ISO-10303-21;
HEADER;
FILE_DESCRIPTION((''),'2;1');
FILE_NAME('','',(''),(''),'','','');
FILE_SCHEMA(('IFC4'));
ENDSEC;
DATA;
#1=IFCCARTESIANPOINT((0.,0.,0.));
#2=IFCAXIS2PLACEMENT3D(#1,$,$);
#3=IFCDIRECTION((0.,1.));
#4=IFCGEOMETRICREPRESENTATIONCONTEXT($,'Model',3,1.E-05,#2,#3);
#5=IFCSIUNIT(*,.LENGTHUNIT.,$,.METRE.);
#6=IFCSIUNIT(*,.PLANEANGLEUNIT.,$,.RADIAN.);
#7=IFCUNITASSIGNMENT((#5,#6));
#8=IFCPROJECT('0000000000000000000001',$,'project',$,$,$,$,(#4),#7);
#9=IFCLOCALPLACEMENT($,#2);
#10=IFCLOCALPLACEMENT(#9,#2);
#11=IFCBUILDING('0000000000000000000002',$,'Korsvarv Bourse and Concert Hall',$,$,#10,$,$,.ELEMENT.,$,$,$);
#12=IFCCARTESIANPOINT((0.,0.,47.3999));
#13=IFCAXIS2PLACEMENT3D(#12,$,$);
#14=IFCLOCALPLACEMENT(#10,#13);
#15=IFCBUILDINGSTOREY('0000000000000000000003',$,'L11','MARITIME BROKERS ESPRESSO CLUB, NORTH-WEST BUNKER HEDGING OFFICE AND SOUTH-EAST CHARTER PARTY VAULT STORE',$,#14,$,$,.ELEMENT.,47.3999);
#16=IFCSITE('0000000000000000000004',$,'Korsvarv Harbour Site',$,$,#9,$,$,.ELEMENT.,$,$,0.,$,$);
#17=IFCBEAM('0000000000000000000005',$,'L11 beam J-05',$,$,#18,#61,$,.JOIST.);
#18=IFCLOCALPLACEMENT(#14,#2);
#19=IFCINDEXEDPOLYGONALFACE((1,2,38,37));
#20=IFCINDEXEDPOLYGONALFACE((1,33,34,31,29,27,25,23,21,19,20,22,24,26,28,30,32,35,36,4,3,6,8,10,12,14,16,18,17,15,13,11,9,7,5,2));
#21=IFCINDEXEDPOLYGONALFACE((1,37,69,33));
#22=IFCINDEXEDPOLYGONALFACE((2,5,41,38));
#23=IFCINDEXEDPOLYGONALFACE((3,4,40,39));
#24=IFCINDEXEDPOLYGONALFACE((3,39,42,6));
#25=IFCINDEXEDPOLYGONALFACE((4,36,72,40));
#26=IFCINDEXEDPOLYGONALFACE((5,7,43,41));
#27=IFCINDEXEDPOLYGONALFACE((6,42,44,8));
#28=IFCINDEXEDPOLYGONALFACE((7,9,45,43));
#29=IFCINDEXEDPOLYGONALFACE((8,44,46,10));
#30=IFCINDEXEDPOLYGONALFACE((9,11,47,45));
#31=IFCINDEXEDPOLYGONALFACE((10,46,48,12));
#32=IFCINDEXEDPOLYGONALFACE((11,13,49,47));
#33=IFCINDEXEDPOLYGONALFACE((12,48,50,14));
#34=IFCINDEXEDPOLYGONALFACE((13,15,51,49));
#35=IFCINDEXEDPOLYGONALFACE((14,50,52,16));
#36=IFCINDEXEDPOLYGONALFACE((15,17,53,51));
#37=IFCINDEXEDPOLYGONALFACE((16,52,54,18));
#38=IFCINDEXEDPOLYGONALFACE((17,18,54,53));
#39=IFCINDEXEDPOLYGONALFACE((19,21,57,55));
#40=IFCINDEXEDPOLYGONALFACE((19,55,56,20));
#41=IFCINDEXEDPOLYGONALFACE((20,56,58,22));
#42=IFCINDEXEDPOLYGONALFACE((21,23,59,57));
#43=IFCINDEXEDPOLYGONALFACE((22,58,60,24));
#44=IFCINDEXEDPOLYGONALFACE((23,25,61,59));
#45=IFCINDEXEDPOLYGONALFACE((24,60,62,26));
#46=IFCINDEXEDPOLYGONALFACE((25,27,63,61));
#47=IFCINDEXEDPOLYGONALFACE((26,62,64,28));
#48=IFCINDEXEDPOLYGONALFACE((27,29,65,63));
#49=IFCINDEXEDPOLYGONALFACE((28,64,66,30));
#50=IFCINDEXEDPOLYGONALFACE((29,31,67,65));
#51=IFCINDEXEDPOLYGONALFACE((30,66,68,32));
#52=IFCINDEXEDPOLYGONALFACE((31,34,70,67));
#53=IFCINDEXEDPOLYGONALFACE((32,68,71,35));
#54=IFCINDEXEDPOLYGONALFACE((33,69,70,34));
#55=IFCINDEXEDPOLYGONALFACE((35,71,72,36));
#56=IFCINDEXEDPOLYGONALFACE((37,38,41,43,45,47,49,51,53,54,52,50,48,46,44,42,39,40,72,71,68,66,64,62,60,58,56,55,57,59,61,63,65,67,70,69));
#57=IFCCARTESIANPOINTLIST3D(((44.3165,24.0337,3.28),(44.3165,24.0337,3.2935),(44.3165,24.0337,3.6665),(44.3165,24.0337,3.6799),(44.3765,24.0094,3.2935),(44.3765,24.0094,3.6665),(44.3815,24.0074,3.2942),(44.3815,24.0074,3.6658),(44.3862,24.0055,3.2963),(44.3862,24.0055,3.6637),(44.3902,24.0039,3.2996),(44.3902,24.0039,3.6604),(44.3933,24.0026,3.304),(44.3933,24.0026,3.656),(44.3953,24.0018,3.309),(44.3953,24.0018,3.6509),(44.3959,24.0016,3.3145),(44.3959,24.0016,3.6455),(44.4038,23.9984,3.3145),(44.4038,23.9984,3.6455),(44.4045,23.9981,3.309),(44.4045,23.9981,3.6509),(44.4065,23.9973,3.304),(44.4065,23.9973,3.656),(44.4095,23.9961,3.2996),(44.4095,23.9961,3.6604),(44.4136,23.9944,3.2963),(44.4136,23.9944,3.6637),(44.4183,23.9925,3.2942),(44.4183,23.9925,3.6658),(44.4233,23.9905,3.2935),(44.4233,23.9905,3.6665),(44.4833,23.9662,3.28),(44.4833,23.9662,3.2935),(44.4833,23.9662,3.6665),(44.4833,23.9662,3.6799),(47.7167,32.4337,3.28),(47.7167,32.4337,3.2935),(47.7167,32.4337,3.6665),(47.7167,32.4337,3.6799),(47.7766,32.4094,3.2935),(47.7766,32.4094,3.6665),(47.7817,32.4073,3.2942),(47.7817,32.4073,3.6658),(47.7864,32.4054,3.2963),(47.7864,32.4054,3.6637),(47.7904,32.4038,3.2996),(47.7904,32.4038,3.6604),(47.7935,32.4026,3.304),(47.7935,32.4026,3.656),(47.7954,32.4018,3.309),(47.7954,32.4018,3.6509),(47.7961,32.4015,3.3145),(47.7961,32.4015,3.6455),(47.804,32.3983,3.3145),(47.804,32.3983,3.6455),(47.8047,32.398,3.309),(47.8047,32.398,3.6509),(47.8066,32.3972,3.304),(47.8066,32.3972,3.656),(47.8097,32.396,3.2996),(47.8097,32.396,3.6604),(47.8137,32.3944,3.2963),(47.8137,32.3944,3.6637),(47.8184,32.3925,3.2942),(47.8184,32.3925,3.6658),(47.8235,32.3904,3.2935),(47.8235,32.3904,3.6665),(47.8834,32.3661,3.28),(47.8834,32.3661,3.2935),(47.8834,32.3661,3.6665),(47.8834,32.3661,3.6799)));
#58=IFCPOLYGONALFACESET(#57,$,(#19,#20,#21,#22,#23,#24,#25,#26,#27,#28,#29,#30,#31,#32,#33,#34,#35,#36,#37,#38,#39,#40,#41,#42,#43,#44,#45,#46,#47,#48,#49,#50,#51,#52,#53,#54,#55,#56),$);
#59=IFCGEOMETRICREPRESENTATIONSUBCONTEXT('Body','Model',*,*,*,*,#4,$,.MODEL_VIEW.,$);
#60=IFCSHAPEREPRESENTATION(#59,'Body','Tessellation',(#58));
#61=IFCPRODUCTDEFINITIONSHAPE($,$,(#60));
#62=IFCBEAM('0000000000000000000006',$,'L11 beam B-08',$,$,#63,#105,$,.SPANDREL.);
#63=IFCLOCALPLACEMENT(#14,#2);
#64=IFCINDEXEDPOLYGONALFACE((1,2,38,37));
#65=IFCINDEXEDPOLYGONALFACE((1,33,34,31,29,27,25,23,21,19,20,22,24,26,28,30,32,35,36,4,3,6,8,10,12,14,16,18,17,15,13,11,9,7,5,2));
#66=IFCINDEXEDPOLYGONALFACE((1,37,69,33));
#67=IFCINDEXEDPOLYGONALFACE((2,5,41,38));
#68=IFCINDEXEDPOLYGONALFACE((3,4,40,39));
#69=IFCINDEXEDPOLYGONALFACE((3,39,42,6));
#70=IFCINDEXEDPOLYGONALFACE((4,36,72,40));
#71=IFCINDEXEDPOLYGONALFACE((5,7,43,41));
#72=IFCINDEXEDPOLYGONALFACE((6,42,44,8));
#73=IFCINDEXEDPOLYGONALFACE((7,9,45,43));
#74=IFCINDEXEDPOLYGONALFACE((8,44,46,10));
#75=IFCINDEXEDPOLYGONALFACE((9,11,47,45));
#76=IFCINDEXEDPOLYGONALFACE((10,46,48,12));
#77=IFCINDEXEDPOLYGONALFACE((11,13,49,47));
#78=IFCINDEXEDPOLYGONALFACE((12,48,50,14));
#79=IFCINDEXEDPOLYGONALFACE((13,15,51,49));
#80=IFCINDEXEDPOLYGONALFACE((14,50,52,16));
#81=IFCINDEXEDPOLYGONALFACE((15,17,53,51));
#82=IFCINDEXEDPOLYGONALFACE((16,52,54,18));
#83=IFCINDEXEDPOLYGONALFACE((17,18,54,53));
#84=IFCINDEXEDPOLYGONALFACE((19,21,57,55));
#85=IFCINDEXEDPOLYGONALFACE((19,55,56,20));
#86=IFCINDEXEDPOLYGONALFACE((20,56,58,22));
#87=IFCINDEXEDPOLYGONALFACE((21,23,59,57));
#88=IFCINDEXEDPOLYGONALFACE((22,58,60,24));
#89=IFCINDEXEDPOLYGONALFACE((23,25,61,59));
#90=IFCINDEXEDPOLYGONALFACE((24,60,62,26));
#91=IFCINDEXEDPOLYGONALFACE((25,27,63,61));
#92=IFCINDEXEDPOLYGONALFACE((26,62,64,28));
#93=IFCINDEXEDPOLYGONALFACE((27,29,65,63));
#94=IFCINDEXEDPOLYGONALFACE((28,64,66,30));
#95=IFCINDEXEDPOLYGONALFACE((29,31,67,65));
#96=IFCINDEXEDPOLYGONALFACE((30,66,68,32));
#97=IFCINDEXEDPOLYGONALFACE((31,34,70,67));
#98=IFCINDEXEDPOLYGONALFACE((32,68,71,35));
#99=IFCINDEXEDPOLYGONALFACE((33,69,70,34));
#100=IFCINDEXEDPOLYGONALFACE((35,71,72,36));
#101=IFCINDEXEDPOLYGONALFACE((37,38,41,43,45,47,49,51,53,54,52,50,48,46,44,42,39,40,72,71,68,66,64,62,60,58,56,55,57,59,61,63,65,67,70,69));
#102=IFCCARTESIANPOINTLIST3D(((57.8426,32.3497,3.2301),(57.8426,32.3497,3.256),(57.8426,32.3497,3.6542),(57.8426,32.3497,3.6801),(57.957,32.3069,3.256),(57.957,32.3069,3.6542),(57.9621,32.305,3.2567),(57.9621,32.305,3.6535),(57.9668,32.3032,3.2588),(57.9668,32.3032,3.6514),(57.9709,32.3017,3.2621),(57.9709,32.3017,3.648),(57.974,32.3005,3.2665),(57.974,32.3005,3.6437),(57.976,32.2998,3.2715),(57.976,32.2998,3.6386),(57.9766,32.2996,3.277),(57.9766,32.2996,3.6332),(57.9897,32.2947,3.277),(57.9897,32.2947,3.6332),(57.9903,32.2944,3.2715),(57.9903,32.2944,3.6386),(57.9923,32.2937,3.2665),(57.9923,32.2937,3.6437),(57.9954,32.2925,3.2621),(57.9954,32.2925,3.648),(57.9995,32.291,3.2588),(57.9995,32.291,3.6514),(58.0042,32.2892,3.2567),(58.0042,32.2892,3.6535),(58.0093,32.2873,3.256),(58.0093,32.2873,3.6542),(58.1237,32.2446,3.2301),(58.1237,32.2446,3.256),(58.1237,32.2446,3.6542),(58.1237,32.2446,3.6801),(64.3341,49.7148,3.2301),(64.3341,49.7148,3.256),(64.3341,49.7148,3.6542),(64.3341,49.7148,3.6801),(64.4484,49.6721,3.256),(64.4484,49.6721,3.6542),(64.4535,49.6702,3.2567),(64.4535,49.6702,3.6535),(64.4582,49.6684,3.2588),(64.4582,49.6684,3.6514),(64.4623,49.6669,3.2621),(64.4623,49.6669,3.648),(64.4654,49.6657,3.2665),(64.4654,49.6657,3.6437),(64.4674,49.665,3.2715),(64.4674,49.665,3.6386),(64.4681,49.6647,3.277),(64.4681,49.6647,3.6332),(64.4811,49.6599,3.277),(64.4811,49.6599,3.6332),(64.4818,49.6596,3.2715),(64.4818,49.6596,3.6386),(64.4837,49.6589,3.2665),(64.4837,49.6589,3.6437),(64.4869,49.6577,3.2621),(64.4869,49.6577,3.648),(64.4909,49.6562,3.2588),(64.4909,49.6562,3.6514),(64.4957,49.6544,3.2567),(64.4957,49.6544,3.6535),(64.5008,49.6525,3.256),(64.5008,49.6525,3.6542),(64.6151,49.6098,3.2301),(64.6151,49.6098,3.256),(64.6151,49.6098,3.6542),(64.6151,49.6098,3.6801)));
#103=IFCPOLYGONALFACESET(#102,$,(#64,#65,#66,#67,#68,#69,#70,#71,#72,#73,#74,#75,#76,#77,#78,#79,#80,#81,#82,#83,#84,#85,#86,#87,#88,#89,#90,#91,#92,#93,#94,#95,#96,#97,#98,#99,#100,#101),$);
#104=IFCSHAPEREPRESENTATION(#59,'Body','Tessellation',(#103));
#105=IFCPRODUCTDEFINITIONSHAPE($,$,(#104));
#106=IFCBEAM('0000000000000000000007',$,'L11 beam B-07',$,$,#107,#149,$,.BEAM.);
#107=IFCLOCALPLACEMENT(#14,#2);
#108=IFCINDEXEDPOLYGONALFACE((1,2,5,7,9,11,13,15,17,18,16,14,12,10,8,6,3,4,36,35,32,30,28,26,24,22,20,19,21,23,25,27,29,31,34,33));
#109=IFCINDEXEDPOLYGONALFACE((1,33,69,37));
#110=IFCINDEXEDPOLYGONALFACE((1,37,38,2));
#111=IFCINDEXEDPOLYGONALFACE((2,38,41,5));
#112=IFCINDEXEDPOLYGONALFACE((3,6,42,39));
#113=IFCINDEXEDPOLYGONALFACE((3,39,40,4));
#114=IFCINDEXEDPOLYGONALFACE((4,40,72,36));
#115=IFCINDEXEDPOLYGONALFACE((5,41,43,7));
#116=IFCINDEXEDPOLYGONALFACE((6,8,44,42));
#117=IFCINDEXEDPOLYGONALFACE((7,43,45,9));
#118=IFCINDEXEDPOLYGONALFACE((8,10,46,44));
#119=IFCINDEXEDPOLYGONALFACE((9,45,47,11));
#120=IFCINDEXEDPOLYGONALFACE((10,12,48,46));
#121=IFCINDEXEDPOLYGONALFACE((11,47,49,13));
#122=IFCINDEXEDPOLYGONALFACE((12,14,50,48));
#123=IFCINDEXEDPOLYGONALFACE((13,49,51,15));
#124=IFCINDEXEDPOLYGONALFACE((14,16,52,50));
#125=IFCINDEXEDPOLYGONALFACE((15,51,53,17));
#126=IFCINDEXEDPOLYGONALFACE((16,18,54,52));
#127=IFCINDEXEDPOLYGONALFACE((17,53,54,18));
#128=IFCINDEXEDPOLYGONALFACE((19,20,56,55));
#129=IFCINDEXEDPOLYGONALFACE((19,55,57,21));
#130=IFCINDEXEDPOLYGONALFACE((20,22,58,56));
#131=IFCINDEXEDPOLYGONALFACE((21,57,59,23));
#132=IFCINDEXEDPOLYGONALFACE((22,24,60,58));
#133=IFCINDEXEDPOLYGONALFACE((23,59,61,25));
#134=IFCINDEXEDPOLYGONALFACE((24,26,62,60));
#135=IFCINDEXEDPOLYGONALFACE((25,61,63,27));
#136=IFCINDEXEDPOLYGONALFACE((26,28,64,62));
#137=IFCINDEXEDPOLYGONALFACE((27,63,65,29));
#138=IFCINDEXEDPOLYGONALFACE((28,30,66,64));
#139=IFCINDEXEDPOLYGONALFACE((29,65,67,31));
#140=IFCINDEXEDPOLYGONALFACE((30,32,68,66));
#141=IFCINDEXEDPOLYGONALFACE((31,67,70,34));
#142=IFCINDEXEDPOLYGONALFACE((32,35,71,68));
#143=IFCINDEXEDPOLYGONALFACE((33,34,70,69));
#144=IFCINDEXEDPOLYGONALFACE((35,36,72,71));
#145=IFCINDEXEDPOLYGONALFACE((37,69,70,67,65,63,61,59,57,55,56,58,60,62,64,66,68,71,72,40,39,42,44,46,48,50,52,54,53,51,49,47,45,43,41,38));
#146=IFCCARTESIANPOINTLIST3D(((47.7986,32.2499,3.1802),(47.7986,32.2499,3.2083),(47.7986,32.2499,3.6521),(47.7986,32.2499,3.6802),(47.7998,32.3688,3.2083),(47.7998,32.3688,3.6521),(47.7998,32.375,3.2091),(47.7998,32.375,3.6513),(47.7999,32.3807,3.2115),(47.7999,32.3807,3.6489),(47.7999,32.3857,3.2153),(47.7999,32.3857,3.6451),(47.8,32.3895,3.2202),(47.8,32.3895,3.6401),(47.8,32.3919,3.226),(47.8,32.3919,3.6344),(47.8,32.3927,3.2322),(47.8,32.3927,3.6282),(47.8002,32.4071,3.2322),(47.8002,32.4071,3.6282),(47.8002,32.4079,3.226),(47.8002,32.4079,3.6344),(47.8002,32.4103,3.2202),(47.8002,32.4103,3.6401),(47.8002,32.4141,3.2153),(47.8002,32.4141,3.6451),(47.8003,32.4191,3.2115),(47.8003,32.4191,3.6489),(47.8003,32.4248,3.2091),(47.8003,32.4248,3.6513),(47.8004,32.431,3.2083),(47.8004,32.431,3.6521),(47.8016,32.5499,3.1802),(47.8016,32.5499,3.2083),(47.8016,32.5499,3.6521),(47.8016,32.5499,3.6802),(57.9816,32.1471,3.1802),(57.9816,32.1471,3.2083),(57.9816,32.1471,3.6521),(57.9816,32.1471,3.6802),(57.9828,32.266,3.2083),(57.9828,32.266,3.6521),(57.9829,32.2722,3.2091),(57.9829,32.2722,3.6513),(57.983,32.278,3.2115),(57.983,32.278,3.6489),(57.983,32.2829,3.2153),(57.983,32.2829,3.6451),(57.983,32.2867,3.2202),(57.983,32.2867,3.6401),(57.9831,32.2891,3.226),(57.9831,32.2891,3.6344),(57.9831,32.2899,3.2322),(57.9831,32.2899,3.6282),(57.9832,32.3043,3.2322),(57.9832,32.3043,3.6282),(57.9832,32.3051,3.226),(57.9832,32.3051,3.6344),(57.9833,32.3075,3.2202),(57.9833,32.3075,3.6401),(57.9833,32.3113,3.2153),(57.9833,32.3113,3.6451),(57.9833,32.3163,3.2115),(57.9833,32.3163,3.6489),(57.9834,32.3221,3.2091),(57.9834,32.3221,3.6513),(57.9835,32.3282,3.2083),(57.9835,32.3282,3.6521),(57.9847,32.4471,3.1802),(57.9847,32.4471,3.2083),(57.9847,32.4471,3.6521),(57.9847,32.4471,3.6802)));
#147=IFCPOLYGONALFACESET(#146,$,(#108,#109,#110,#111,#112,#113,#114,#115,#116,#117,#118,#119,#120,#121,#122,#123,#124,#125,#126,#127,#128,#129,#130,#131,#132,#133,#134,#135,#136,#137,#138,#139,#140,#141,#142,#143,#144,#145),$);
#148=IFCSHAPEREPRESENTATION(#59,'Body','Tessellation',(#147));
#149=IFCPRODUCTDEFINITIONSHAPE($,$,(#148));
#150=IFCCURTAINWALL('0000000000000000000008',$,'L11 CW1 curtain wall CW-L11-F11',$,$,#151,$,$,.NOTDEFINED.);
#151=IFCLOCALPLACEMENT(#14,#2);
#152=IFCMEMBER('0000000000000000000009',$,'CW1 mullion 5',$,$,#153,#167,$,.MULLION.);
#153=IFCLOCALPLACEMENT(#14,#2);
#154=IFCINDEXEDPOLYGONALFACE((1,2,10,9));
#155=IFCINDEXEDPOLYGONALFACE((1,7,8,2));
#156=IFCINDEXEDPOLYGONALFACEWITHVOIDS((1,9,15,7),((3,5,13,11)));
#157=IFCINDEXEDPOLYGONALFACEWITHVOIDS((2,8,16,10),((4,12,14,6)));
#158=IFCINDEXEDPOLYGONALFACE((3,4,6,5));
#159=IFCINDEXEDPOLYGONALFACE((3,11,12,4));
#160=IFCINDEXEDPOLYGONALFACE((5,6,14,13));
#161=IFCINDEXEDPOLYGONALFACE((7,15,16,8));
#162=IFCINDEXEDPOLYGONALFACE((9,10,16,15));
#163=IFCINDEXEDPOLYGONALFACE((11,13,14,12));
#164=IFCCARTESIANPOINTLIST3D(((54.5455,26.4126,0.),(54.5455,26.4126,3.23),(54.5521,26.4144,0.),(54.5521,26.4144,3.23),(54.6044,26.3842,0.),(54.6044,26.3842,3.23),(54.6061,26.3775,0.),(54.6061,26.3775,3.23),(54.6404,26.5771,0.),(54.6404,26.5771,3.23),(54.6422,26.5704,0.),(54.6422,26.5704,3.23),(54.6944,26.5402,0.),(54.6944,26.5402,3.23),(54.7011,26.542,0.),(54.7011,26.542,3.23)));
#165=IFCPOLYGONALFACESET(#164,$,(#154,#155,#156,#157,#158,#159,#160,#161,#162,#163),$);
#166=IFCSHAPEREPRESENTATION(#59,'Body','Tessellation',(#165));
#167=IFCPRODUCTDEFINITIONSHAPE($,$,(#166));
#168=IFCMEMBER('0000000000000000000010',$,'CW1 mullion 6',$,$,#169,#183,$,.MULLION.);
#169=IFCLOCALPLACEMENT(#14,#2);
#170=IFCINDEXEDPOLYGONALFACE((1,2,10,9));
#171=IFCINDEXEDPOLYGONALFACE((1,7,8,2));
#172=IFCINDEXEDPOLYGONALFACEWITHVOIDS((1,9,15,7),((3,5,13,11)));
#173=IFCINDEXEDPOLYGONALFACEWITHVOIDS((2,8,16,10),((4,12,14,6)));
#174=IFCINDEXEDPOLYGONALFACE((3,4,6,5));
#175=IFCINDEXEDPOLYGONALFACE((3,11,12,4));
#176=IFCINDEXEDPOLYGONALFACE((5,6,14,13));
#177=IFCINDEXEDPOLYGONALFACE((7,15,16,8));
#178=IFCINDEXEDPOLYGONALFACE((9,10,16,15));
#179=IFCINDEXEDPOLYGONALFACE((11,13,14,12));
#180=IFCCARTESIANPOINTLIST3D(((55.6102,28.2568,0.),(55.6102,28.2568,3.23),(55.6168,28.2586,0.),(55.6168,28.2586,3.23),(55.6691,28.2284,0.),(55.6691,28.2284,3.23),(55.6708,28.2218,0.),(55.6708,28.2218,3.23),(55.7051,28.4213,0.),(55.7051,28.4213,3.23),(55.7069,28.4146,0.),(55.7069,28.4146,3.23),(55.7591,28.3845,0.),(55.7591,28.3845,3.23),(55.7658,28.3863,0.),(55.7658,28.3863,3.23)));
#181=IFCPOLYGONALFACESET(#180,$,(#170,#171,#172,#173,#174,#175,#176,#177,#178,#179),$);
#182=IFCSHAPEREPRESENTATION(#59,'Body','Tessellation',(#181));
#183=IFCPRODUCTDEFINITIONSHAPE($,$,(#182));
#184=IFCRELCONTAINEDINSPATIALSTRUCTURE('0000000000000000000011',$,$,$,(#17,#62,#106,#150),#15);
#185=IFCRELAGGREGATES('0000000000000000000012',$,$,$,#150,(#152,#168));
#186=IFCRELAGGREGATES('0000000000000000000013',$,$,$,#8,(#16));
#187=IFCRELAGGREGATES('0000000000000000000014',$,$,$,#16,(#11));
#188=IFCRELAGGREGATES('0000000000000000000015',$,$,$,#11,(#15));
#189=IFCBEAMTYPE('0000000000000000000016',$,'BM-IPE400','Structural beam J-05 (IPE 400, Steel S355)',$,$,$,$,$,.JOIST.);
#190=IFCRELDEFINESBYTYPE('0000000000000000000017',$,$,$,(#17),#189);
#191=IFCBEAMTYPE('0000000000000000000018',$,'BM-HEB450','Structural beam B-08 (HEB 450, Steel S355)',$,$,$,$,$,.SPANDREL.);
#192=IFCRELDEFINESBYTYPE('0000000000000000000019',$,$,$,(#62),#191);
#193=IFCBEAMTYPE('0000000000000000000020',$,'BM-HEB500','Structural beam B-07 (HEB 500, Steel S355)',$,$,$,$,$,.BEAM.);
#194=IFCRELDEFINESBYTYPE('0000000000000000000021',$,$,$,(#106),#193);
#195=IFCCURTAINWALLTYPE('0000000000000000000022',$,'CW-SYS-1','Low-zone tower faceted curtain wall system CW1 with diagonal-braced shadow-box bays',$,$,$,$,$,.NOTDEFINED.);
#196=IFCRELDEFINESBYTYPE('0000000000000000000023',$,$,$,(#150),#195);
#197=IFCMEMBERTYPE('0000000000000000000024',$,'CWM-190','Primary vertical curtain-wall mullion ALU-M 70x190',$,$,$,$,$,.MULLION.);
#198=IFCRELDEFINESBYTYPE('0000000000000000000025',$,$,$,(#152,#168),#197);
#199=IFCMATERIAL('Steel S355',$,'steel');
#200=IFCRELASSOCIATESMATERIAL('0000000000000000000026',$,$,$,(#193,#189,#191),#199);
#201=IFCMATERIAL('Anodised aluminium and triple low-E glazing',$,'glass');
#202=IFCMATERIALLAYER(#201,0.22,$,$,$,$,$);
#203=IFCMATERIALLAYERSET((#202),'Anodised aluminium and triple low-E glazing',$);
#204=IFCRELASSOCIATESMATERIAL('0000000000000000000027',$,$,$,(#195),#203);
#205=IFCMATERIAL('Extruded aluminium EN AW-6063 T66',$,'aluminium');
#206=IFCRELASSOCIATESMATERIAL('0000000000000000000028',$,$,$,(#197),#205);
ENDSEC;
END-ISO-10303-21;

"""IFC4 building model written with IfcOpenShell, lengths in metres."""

from ifc_helpers import new_model, si_unit, direction, frame, origin, origin_2d, place, context, subcontext, project, spatial, hollow_rectangle, i_section, extrude, source, transform, mapped, material, layer, layer_set, material_profile, profile_set, type_object, element, aggregate, save


model = new_model("IFC4")

# Units and contexts
model_context = context("Model", 3, precision=1e-05, world=origin(), true_north=direction((0.0, 1.0)))
body_context = subcontext(model_context, "Body", "Model", "MODEL_VIEW")
ifc_project = project(units=[si_unit("LENGTHUNIT", "METRE"), si_unit("PLANEANGLEUNIT", "RADIAN")], contexts=[model_context])

# Site, building, storey
site_placement = place(None, origin())
site = spatial("IfcSite", under=ifc_project, at=site_placement, Name="Korsvarv Harbour Site", CompositionType="ELEMENT", RefElevation=0.0)
building_placement = place(site_placement, origin())
building = spatial("IfcBuilding", under=site, at=building_placement, Name="Korsvarv Bourse and Concert Hall", CompositionType="ELEMENT")
storey_placement = place(building_placement, frame((0.0, 0.0, 47.3999)))
storey = spatial("IfcBuildingStorey", under=building, at=storey_placement, Name="L11", Description="MARITIME BROKERS ESPRESSO CLUB, NORTH-WEST BUNKER HEDGING OFFICE AND SOUTH-EAST CHARTER PARTY VAULT STORE", CompositionType="ELEMENT", Elevation=47.3999)

# Beams
ifc_material_1 = material(Name="Steel S355", Category="steel")
ifc_material_profile_1 = material_profile(ifc_material_1, i_section(OverallWidth=0.3, OverallDepth=0.5, WebThickness=0.0144, FlangeThickness=0.0281, FilletRadius=0.0239, at=origin_2d()), Name="HEB 500")
ifc_profile_set_1 = profile_set([ifc_material_profile_1], Name="Steel S355")
beam_type_1 = type_object("IfcBeamType", Name="BM-HEB500", Description="Structural beam B-07 (HEB 500, Steel S355)", PredefinedType="BEAM", material=ifc_profile_set_1)
ifc_material_profile_2 = material_profile(ifc_material_1, i_section(OverallWidth=0.1799, OverallDepth=0.3999, WebThickness=0.0085, FlangeThickness=0.0134, FilletRadius=0.021, at=origin_2d()), Name="IPE 400")
ifc_profile_set_2 = profile_set([ifc_material_profile_2], Name="Steel S355")
beam_type_2 = type_object("IfcBeamType", Name="BM-IPE400", Description="Structural beam J-05 (IPE 400, Steel S355)", PredefinedType="JOIST", material=ifc_profile_set_2)
shared_shape_1 = source(origin(), body_context, "Body", "SweptSolid", [
    extrude(i_section(OverallWidth=0.1799, OverallDepth=0.3999, WebThickness=0.0085, FlangeThickness=0.0134, FilletRadius=0.021, at=origin_2d()), origin(), (0.0, 0.0, 1.0), 9.062),
])
beam_1_placement = place(storey_placement, frame((47.8, 32.3999, 3.48), z_axis=(-0.37521, -0.92694, 0.0), x_axis=(0.92694, -0.37521, 0.0)))
element("IfcBeam", 1, at=beam_1_placement, inside=storey, type_object=beam_type_2, Name="L11 beam J-05", PredefinedType="JOIST", context=body_context, shape_type="MappedRepresentation", body=[
    mapped(shared_shape_1, transform((0.0, 0.0, 0.0), scale=1.0)),
])
ifc_material_profile_3 = material_profile(ifc_material_1, i_section(OverallWidth=0.3, OverallDepth=0.45, WebThickness=0.0139, FlangeThickness=0.0259, FilletRadius=0.021, at=origin_2d()), Name="HEB 450")
ifc_profile_set_3 = profile_set([ifc_material_profile_3], Name="Steel S355")
beam_type_3 = type_object("IfcBeamType", Name="BM-HEB450", Description="Structural beam B-08 (HEB 450, Steel S355)", PredefinedType="SPANDREL", material=ifc_profile_set_3)
shared_shape_2 = source(origin(), body_context, "Body", "SweptSolid", [
    extrude(i_section(OverallWidth=0.3, OverallDepth=0.45, WebThickness=0.0139, FlangeThickness=0.0259, FilletRadius=0.021, at=origin_2d()), origin(), (0.0, 0.0, 1.0), 18.5388),
])
beam_2_placement = place(storey_placement, frame((57.9832, 32.2971, 3.4551), z_axis=(0.350153, 0.936692, 0.0), x_axis=(-0.936692, 0.350153, 0.0)))
element("IfcBeam", 2, at=beam_2_placement, inside=storey, type_object=beam_type_3, Name="L11 beam B-08", PredefinedType="SPANDREL", context=body_context, shape_type="MappedRepresentation", body=[
    mapped(shared_shape_2, transform((0.0, 0.0, 0.0), scale=1.0)),
])
shared_shape_3 = source(origin(), body_context, "Body", "SweptSolid", [
    extrude(i_section(OverallWidth=0.3, OverallDepth=0.5, WebThickness=0.0144, FlangeThickness=0.0281, FilletRadius=0.0239, at=origin_2d()), origin(), (0.0, 0.0, 1.0), 10.1836),
])
beam_3_placement = place(storey_placement, frame((57.9832, 32.2971, 3.4302), z_axis=(-0.999949, 0.010093, 0.0), x_axis=(-0.010093, -0.999949, 0.0)))
element("IfcBeam", 3, at=beam_3_placement, inside=storey, type_object=beam_type_1, Name="L11 beam B-07", PredefinedType="BEAM", context=body_context, shape_type="MappedRepresentation", body=[
    mapped(shared_shape_3, transform((0.0, 0.0, 0.0), scale=1.0)),
])

# Curtain wall, members
ifc_material_2 = material(Name="Anodised aluminium and triple low-E glazing", Category="glass")
ifc_layer_1 = layer(ifc_material_2, 0.22)
ifc_layer_set_1 = layer_set([ifc_layer_1], Name="Anodised aluminium and triple low-E glazing")
curtain_wall_type = type_object("IfcCurtainWallType", Name="CW-SYS-1", Description="Low-zone tower faceted curtain wall system CW1 with diagonal-braced shadow-box bays", PredefinedType="NOTDEFINED", material=ifc_layer_set_1)
curtain_wall_placement = place(storey_placement, origin())
curtain_wall = element("IfcCurtainWall", 4, at=curtain_wall_placement, inside=storey, type_object=curtain_wall_type, Name="L11 CW1 curtain wall CW-L11-F11", PredefinedType="NOTDEFINED")
ifc_material_3 = material(Name="Extruded aluminium EN AW-6063 T66", Category="aluminium")
ifc_material_profile_4 = material_profile(ifc_material_3, hollow_rectangle(XDim=0.0701, YDim=0.1899, WallThickness=0.0049, at=origin_2d()), Name="ALU-M 70x190")
ifc_profile_set_4 = profile_set([ifc_material_profile_4], Name="Extruded aluminium EN AW-6063 T66")
member_type_1 = type_object("IfcMemberType", Name="CWM-190", Description="Primary vertical curtain-wall mullion ALU-M 70x190", PredefinedType="MULLION", material=ifc_profile_set_4)
shared_shape_4 = source(origin(), body_context, "Body", "SweptSolid", [
    extrude(hollow_rectangle(XDim=0.0701, YDim=0.1899, WallThickness=0.0049, at=origin_2d()), origin(), (0.0, 0.0, 1.0), 3.23),
])
member_1_placement = place(storey_placement, frame((54.6233, 26.4773, 0.0), z_axis=(0.0, 0.0, 1.0), x_axis=(-0.866025, 0.5, 0.0)))
member_1 = element("IfcMember", 5, at=member_1_placement, type_object=member_type_1, Name="CW1 mullion 5", PredefinedType="MULLION", context=body_context, shape_type="MappedRepresentation", body=[
    mapped(shared_shape_4, transform((0.0, 0.0, 0.0), scale=1.0)),
])
member_2_placement = place(storey_placement, frame((55.688, 28.3215, 0.0), z_axis=(0.0, 0.0, 1.0), x_axis=(-0.866025, 0.5, 0.0)))
member_2 = element("IfcMember", 6, at=member_2_placement, type_object=member_type_1, Name="CW1 mullion 6", PredefinedType="MULLION", context=body_context, shape_type="MappedRepresentation", body=[
    mapped(shared_shape_4, transform((0.0, 0.0, 0.0), scale=1.0)),
])
aggregate(curtain_wall, [member_1, member_2])

save(model, "model.ifc")
